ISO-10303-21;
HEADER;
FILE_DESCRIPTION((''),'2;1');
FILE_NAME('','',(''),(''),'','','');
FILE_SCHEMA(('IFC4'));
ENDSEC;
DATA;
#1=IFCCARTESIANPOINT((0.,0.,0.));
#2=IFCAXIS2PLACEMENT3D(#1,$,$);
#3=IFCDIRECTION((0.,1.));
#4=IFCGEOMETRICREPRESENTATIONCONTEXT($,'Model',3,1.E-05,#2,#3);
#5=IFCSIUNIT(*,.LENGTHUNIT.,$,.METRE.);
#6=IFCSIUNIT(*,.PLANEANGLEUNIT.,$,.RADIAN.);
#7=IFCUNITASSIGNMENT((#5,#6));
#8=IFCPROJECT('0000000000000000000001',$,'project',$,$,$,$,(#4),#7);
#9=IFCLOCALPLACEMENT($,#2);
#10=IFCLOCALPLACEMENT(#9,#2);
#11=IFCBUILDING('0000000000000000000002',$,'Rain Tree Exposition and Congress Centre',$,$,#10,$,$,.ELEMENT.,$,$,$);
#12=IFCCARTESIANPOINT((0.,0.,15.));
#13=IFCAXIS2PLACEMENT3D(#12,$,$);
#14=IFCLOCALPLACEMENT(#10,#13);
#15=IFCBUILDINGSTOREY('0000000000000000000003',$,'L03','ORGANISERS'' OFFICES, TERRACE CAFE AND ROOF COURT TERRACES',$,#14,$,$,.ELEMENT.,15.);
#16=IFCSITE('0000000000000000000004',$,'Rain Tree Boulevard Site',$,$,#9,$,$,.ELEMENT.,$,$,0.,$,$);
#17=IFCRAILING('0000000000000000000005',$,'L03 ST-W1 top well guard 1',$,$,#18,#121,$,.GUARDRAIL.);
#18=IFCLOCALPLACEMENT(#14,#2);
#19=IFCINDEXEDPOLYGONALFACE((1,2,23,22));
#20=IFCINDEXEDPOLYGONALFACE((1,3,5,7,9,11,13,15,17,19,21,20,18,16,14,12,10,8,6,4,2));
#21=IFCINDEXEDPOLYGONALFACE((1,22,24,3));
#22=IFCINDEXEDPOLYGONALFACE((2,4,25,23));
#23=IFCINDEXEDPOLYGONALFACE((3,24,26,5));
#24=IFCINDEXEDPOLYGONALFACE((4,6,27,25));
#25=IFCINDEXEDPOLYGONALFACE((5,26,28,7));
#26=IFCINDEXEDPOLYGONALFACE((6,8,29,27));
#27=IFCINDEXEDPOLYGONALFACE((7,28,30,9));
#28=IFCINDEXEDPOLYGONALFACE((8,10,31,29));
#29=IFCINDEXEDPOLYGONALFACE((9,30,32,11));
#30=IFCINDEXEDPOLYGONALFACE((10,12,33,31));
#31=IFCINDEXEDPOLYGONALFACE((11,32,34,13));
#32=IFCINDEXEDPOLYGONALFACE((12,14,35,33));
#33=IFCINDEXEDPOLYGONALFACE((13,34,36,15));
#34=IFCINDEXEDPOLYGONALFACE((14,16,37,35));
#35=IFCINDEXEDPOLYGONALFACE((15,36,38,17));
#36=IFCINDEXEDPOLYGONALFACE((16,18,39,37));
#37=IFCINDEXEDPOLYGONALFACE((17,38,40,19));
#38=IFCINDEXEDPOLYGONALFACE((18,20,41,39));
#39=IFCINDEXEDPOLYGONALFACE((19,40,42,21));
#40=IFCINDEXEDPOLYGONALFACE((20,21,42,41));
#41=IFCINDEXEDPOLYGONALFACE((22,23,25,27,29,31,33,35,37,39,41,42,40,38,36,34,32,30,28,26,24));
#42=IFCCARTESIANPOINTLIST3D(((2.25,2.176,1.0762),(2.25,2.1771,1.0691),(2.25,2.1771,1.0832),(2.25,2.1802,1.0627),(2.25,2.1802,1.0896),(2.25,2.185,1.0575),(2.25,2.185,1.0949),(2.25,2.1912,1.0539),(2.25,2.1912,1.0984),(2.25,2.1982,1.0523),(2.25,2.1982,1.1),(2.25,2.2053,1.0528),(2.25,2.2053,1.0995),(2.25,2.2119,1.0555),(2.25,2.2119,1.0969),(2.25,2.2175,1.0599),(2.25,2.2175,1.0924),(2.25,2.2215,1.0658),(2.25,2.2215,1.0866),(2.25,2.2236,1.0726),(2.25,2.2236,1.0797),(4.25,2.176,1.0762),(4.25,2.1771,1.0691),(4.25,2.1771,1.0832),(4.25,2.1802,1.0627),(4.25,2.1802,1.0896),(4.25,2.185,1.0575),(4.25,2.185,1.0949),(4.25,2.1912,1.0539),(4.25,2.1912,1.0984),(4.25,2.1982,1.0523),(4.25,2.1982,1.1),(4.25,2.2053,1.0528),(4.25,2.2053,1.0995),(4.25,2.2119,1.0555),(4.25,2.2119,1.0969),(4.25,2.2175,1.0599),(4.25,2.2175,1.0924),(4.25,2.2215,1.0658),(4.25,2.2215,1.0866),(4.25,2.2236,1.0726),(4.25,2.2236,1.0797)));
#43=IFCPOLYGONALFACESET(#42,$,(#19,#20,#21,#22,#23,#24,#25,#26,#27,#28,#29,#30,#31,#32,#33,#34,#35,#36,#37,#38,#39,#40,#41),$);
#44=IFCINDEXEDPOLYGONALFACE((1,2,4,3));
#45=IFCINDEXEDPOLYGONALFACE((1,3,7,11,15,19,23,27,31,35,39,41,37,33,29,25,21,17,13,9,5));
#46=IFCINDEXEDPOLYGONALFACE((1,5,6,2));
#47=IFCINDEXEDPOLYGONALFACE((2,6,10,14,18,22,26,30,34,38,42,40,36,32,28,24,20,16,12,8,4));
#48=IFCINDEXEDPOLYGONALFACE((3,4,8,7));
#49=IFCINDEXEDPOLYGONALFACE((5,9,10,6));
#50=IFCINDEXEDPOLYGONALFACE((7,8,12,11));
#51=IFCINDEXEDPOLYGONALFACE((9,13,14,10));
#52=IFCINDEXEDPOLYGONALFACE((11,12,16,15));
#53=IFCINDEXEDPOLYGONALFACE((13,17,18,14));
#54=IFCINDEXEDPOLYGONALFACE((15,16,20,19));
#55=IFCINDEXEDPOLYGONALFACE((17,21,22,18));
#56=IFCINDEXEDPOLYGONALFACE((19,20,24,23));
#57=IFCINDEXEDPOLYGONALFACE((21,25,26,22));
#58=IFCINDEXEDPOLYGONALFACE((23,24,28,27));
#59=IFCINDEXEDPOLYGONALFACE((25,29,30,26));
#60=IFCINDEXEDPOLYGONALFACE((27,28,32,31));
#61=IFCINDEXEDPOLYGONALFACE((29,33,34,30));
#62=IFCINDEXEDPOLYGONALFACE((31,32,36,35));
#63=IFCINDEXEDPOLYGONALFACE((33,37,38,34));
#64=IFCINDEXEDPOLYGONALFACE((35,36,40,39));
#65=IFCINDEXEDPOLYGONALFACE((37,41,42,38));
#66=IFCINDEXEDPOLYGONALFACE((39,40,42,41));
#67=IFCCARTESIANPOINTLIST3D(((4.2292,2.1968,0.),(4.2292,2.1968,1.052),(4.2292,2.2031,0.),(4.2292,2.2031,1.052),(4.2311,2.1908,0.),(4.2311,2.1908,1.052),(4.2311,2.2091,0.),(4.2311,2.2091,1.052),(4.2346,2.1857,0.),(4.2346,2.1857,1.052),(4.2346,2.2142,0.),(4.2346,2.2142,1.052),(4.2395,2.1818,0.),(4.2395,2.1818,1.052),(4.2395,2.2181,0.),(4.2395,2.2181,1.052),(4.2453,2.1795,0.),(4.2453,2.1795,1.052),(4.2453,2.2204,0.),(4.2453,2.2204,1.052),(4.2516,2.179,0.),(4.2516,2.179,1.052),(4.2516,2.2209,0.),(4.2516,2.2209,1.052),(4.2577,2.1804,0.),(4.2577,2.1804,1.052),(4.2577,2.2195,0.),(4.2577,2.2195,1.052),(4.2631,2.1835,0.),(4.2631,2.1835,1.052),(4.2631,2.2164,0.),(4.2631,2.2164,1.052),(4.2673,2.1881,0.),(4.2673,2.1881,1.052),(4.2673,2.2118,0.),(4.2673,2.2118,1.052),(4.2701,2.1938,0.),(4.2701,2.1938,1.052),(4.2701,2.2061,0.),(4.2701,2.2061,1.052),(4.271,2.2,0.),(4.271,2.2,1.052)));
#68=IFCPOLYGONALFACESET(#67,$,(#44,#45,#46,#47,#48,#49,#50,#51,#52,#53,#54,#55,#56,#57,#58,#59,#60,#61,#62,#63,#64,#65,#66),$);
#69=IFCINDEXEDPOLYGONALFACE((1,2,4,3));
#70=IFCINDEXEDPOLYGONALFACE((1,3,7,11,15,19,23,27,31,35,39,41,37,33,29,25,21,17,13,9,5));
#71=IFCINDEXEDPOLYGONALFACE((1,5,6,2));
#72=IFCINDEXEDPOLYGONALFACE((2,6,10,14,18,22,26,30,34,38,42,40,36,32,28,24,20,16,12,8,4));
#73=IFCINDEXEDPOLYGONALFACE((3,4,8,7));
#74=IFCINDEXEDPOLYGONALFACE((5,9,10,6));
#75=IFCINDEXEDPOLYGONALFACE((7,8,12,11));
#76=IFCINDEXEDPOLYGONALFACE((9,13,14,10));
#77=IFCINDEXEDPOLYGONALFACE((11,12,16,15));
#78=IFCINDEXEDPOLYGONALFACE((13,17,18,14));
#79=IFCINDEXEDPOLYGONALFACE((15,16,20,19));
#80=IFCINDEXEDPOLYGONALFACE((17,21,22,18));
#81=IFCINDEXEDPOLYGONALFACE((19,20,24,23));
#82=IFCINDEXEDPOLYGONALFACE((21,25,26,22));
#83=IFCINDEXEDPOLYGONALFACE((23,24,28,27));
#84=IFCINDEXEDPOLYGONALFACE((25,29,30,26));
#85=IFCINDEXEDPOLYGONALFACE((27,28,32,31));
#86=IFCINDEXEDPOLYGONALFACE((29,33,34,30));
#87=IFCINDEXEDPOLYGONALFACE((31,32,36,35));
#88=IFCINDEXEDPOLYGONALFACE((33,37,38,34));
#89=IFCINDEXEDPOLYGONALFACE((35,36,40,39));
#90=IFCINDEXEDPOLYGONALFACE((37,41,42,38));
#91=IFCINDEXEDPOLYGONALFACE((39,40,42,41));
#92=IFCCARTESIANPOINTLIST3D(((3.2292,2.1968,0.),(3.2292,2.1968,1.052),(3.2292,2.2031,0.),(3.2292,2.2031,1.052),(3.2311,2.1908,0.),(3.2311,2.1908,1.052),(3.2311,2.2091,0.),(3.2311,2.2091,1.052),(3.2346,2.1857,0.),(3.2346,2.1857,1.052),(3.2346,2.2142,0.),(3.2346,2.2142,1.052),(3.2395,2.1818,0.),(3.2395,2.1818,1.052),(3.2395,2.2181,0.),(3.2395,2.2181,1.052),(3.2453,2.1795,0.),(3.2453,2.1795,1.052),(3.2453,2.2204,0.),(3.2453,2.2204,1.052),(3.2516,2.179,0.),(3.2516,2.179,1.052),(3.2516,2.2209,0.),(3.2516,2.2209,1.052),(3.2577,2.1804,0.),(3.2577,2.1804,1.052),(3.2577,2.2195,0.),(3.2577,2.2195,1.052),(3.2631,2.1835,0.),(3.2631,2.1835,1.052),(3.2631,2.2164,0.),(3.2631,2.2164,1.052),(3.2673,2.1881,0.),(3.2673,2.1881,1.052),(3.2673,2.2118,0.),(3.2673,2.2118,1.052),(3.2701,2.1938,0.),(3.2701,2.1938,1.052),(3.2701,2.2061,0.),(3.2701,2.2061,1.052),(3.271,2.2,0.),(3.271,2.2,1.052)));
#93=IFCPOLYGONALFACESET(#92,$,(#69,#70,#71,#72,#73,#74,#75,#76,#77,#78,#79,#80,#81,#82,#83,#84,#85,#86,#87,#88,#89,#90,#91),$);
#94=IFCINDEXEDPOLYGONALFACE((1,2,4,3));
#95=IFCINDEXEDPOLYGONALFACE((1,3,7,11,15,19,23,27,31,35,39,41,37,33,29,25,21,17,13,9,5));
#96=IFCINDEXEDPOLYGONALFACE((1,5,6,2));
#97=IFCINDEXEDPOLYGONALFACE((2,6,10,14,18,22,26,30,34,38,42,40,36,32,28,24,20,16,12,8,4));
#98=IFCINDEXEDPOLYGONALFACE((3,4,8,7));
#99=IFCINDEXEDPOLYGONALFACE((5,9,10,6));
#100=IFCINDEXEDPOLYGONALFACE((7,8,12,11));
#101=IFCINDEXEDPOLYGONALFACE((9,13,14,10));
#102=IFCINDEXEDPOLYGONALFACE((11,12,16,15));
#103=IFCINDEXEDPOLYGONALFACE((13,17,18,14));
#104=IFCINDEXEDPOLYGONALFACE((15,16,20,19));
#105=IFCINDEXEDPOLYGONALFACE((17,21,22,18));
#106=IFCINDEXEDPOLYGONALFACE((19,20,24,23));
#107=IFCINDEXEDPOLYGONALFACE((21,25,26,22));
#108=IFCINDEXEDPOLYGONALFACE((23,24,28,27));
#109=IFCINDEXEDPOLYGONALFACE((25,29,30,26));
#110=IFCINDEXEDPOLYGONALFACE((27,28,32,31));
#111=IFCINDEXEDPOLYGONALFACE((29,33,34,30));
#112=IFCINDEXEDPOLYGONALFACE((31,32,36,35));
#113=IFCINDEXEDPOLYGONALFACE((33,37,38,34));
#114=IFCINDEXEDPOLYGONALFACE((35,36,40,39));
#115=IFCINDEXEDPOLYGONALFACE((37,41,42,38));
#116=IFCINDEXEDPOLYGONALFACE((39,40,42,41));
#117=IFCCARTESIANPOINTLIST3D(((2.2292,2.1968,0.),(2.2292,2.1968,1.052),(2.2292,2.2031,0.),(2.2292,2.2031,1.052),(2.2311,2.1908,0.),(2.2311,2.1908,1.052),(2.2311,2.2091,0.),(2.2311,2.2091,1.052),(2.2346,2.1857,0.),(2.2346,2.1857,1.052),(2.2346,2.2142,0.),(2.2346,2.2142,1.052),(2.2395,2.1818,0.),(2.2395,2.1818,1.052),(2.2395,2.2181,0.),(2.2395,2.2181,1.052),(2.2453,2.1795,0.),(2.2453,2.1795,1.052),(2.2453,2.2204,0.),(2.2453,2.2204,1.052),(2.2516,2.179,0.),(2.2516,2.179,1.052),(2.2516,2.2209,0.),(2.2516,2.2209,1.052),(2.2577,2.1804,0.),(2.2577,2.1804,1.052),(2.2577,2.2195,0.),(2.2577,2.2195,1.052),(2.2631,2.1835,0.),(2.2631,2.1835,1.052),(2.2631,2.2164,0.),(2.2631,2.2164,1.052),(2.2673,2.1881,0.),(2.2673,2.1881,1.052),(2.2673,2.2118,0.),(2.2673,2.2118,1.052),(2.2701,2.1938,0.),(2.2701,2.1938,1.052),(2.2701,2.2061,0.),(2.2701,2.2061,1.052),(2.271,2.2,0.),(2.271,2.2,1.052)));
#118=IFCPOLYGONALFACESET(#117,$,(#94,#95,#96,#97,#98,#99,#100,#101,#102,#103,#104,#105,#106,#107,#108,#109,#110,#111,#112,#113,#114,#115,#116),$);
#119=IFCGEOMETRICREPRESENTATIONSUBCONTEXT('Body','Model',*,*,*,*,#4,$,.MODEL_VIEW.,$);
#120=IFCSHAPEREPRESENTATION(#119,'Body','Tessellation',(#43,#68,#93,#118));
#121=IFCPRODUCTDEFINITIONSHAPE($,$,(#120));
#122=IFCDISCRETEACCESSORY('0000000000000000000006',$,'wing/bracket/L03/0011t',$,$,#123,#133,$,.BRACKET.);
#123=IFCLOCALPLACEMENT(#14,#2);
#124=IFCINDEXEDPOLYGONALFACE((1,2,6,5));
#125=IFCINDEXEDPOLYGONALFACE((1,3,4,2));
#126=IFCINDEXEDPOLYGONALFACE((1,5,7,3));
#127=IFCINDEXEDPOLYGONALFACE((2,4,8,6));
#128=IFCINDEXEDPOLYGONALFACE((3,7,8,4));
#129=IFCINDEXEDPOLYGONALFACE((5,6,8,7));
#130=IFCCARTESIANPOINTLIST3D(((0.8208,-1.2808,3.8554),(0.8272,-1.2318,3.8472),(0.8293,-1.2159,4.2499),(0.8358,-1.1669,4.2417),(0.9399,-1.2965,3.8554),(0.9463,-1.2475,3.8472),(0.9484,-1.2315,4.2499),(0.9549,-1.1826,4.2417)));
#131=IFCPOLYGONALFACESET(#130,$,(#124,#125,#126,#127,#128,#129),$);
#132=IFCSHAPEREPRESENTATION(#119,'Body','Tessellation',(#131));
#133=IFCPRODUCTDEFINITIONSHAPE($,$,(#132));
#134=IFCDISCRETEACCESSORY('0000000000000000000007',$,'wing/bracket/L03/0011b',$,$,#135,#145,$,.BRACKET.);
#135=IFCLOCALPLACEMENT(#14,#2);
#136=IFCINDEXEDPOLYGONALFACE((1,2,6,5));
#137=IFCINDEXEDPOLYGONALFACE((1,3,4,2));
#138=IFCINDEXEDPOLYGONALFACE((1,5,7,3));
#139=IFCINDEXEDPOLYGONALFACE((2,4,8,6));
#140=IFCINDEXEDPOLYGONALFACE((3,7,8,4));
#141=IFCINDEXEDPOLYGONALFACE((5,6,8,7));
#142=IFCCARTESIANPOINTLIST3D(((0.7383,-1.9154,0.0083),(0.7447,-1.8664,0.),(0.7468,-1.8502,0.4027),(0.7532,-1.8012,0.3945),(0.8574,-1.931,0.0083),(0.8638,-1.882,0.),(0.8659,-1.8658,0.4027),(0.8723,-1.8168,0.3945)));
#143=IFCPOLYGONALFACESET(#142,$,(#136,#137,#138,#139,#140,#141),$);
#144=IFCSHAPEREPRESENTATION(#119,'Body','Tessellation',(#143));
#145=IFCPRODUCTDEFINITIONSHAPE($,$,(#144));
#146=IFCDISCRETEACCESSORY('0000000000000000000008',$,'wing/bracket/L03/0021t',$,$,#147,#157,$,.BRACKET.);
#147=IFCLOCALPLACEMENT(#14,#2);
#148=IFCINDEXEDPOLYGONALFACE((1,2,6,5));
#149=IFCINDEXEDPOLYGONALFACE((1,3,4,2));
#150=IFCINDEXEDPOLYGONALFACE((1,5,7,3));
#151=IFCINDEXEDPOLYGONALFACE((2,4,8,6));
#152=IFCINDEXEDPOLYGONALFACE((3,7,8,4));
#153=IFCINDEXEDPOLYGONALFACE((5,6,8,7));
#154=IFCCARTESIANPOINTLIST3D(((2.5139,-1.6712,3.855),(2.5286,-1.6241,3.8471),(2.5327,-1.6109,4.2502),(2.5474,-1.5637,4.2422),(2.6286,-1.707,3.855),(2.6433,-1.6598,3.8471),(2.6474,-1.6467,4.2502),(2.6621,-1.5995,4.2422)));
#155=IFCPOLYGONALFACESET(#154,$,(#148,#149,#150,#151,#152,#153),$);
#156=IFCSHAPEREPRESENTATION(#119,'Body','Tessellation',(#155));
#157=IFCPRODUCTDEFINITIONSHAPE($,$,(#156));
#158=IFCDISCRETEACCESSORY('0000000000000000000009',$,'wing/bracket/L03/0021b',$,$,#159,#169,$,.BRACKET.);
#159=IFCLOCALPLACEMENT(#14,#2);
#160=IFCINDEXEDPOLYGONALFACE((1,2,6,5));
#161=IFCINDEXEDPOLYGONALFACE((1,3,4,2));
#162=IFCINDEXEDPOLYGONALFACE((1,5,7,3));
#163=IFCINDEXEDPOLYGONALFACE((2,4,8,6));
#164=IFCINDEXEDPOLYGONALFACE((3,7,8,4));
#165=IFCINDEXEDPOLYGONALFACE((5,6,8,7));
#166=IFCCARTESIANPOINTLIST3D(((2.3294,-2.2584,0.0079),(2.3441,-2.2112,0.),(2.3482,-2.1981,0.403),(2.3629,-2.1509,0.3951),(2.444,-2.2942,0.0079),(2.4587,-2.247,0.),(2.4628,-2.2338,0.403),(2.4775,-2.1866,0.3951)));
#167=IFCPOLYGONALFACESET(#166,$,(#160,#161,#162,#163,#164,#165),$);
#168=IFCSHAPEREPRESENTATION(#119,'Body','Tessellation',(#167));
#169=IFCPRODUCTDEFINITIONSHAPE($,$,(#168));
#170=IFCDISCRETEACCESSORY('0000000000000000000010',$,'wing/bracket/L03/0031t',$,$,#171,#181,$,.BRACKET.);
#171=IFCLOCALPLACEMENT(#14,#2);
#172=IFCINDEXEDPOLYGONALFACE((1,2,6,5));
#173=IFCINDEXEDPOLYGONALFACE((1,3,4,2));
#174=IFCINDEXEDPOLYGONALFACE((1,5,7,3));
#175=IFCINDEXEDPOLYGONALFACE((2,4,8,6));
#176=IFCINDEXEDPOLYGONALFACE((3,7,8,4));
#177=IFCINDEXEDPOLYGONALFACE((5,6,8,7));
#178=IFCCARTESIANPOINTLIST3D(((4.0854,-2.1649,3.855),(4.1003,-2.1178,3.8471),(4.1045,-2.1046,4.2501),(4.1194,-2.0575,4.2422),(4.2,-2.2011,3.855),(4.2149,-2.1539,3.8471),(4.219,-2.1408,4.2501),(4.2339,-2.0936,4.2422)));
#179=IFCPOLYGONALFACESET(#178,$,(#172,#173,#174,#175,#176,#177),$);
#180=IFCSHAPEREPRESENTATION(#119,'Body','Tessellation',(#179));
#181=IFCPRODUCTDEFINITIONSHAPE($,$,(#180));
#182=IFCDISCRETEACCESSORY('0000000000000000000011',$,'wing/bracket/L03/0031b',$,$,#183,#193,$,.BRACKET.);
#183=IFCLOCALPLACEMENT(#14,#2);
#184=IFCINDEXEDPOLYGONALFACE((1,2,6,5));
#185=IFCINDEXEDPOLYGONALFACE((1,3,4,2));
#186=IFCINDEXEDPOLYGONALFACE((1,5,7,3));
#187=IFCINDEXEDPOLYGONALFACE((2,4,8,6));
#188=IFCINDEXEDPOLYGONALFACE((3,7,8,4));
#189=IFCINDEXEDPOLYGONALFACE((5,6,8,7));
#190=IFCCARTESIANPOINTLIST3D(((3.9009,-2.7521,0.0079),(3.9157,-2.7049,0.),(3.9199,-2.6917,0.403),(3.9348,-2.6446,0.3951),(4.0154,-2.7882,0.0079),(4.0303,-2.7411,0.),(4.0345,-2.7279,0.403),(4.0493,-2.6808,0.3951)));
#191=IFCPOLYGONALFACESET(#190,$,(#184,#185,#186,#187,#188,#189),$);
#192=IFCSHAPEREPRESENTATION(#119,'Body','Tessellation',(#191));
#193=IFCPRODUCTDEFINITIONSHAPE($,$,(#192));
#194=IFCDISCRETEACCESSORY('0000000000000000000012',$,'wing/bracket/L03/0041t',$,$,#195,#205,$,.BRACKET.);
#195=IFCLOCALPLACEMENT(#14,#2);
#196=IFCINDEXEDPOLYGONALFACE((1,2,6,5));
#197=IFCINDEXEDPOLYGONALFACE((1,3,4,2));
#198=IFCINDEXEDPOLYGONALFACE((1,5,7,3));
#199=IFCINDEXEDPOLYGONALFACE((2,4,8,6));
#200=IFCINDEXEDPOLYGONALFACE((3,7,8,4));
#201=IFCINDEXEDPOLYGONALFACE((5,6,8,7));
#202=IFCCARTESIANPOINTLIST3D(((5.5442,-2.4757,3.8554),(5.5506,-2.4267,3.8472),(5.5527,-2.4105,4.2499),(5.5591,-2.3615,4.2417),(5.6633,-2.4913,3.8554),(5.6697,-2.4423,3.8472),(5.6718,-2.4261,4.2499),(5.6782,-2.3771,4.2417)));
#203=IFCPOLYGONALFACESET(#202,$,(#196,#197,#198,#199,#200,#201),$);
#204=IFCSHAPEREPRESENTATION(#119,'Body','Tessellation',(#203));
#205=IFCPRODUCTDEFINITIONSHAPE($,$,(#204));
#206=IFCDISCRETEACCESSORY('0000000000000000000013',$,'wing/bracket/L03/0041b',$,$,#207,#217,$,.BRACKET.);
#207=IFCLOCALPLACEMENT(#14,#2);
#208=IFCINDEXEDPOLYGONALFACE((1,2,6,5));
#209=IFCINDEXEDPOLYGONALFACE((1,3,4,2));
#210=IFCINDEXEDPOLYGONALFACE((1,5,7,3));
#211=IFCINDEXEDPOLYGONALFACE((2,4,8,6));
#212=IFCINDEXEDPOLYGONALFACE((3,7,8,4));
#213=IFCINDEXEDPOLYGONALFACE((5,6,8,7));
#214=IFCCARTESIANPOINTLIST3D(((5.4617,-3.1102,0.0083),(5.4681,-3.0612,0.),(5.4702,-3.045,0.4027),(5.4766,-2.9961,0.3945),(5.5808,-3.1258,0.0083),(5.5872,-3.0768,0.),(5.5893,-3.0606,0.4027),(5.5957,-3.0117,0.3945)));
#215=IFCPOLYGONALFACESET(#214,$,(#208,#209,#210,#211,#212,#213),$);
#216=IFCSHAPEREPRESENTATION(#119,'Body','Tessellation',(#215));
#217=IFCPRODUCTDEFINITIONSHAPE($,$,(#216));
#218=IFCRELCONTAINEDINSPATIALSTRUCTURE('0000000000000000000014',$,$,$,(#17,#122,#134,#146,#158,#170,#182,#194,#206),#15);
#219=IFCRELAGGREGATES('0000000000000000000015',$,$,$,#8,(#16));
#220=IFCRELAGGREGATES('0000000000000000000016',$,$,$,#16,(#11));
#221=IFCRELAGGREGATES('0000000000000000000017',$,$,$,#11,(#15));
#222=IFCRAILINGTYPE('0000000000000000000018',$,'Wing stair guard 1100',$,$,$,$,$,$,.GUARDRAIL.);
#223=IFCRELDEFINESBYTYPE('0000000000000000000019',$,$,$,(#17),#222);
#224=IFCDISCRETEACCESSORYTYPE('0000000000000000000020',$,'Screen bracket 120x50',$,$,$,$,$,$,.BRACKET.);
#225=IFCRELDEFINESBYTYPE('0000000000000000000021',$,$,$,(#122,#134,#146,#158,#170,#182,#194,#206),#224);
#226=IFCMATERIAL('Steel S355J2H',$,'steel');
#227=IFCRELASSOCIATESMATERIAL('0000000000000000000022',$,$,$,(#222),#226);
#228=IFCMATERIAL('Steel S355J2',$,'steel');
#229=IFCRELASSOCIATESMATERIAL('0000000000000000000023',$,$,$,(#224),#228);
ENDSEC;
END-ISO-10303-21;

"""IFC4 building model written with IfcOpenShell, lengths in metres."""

from ifc_helpers import new_model, si_unit, direction, frame, origin, origin_2d, place, context, subcontext, project, spatial, rectangle, circle, extrude, material, material_profile, profile_set, type_object, element, save


model = new_model("IFC4")

# Units and contexts
model_context = context("Model", 3, precision=1e-05, world=origin(), true_north=direction((0.0, 1.0)))
body_context = subcontext(model_context, "Body", "Model", "MODEL_VIEW")
ifc_project = project(units=[si_unit("LENGTHUNIT", "METRE"), si_unit("PLANEANGLEUNIT", "RADIAN")], contexts=[model_context])

# Site, building, storey
site_placement = place(None, origin())
site = spatial("IfcSite", under=ifc_project, at=site_placement, Name="Rain Tree Boulevard Site", CompositionType="ELEMENT", RefElevation=0.0)
building_placement = place(site_placement, origin())
building = spatial("IfcBuilding", under=site, at=building_placement, Name="Rain Tree Exposition and Congress Centre", CompositionType="ELEMENT")
storey_placement = place(building_placement, frame((0.0, 0.0, 15.0)))
storey = spatial("IfcBuildingStorey", under=building, at=storey_placement, Name="L03", Description="ORGANISERS' OFFICES, TERRACE CAFE AND ROOF COURT TERRACES", CompositionType="ELEMENT", Elevation=15.0)

# Railing
ifc_material_1 = material(Name="Steel S355J2H", Category="steel")
railing_type_1 = type_object("IfcRailingType", Name="Wing stair guard 1100", PredefinedType="GUARDRAIL", material=ifc_material_1)
railing_1_placement = place(storey_placement, frame((4.25, 2.2, 0.0)))
element("IfcRailing", 1, at=railing_1_placement, inside=storey, type_object=railing_type_1, Name="L03 ST-W1 top well guard 1", PredefinedType="GUARDRAIL", context=body_context, shape_type="SweptSolid", body=[
    extrude(circle(Radius=0.0239, at=origin_2d()), frame((0.0, 0.0, 1.0762), z_axis=(-1.0, 0.0, 0.0), x_axis=(0.0, -1.0, 0.0)), (0.0, 0.0, 1.0), 2.0),
    extrude(circle(Radius=0.021, at=origin_2d()), origin(), (0.0, 0.0, 1.0), 1.052),
    extrude(circle(Radius=0.021, at=origin_2d()), frame((-1.0, 0.0, 0.0)), (0.0, 0.0, 1.0), 1.052),
    extrude(circle(Radius=0.021, at=origin_2d()), frame((-2.0, 0.0, 0.0)), (0.0, 0.0, 1.0), 1.052),
])

# Discrete accessories
ifc_material_2 = material(Name="Steel S355J2", Category="steel")
ifc_material_profile_1 = material_profile(ifc_material_2, rectangle(XDim=0.1201, YDim=0.05, at=origin_2d()), Name="Flat bar 120x50")
ifc_profile_set_1 = profile_set([ifc_material_profile_1], Name="Steel S355J2")
discrete_accessory_type = type_object("IfcDiscreteAccessoryType", Name="Screen bracket 120x50", PredefinedType="BRACKET", material=ifc_profile_set_1)
for number, where, z_axis, x_axis, name in (
    (2, (0.8835, -1.2642, 3.8513), (0.021366, 0.162381, 0.986497), (-0.991454, 0.130455, 0.0), "wing/bracket/L03/0011t"),
    (3, (0.801, -1.8987, 0.0042), (0.021364, 0.162976, 0.986399), (-0.991517, 0.129974, 0.0), "wing/bracket/L03/0011b"),
):
    element("IfcDiscreteAccessory", number, at=place(storey_placement, frame(where, z_axis=z_axis, x_axis=x_axis)), inside=storey, type_object=discrete_accessory_type, Name=name, PredefinedType="BRACKET", context=body_context, shape_type="SweptSolid", body=[
        extrude(rectangle(XDim=0.1201, YDim=0.05, at=origin_2d()), origin(), (0.0, 0.0, 1.0), 0.3999),
    ])
for number, where, z_axis, x_axis, name in (
    (4, (2.5786, -1.6655, 3.8511), (0.046993, 0.150743, 0.987456), (-0.954686, 0.297615, 0.0), "wing/bracket/L03/0021t"),
    (5, (2.394, -2.2527, 0.0039), (0.046993, 0.150743, 0.987456), (-0.954686, 0.297615, 0.0), "wing/bracket/L03/0021b"),
    (6, (4.1501, -2.1594, 3.8511), (0.047602, 0.150738, 0.987427), (-0.953583, 0.301131, 0.0), "wing/bracket/L03/0031t"),
    (7, (3.9656, -2.7466, 0.0039), (0.047602, 0.150738, 0.987427), (-0.953583, 0.301131, 0.0), "wing/bracket/L03/0031b"),
):
    element("IfcDiscreteAccessory", number, at=place(storey_placement, frame(where, z_axis=z_axis, x_axis=x_axis)), inside=storey, type_object=discrete_accessory_type, Name=name, PredefinedType="BRACKET", context=body_context, shape_type="SweptSolid", body=[
        extrude(rectangle(XDim=0.1201, YDim=0.05, at=origin_2d()), origin(), (0.0, 0.0, 1.0), 0.4001),
    ])
for number, where, z_axis, x_axis, name in (
    (8, (5.6069, -2.459, 3.8513), (0.021364, 0.162976, 0.986399), (-0.991517, 0.129974, 0.0), "wing/bracket/L03/0041t"),
    (9, (5.5244, -3.0935, 0.0042), (0.021364, 0.162976, 0.986399), (-0.991517, 0.129974, 0.0), "wing/bracket/L03/0041b"),
):
    element("IfcDiscreteAccessory", number, at=place(storey_placement, frame(where, z_axis=z_axis, x_axis=x_axis)), inside=storey, type_object=discrete_accessory_type, Name=name, PredefinedType="BRACKET", context=body_context, shape_type="SweptSolid", body=[
        extrude(rectangle(XDim=0.1201, YDim=0.05, at=origin_2d()), origin(), (0.0, 0.0, 1.0), 0.3999),
    ])

save(model, "model.ifc")
